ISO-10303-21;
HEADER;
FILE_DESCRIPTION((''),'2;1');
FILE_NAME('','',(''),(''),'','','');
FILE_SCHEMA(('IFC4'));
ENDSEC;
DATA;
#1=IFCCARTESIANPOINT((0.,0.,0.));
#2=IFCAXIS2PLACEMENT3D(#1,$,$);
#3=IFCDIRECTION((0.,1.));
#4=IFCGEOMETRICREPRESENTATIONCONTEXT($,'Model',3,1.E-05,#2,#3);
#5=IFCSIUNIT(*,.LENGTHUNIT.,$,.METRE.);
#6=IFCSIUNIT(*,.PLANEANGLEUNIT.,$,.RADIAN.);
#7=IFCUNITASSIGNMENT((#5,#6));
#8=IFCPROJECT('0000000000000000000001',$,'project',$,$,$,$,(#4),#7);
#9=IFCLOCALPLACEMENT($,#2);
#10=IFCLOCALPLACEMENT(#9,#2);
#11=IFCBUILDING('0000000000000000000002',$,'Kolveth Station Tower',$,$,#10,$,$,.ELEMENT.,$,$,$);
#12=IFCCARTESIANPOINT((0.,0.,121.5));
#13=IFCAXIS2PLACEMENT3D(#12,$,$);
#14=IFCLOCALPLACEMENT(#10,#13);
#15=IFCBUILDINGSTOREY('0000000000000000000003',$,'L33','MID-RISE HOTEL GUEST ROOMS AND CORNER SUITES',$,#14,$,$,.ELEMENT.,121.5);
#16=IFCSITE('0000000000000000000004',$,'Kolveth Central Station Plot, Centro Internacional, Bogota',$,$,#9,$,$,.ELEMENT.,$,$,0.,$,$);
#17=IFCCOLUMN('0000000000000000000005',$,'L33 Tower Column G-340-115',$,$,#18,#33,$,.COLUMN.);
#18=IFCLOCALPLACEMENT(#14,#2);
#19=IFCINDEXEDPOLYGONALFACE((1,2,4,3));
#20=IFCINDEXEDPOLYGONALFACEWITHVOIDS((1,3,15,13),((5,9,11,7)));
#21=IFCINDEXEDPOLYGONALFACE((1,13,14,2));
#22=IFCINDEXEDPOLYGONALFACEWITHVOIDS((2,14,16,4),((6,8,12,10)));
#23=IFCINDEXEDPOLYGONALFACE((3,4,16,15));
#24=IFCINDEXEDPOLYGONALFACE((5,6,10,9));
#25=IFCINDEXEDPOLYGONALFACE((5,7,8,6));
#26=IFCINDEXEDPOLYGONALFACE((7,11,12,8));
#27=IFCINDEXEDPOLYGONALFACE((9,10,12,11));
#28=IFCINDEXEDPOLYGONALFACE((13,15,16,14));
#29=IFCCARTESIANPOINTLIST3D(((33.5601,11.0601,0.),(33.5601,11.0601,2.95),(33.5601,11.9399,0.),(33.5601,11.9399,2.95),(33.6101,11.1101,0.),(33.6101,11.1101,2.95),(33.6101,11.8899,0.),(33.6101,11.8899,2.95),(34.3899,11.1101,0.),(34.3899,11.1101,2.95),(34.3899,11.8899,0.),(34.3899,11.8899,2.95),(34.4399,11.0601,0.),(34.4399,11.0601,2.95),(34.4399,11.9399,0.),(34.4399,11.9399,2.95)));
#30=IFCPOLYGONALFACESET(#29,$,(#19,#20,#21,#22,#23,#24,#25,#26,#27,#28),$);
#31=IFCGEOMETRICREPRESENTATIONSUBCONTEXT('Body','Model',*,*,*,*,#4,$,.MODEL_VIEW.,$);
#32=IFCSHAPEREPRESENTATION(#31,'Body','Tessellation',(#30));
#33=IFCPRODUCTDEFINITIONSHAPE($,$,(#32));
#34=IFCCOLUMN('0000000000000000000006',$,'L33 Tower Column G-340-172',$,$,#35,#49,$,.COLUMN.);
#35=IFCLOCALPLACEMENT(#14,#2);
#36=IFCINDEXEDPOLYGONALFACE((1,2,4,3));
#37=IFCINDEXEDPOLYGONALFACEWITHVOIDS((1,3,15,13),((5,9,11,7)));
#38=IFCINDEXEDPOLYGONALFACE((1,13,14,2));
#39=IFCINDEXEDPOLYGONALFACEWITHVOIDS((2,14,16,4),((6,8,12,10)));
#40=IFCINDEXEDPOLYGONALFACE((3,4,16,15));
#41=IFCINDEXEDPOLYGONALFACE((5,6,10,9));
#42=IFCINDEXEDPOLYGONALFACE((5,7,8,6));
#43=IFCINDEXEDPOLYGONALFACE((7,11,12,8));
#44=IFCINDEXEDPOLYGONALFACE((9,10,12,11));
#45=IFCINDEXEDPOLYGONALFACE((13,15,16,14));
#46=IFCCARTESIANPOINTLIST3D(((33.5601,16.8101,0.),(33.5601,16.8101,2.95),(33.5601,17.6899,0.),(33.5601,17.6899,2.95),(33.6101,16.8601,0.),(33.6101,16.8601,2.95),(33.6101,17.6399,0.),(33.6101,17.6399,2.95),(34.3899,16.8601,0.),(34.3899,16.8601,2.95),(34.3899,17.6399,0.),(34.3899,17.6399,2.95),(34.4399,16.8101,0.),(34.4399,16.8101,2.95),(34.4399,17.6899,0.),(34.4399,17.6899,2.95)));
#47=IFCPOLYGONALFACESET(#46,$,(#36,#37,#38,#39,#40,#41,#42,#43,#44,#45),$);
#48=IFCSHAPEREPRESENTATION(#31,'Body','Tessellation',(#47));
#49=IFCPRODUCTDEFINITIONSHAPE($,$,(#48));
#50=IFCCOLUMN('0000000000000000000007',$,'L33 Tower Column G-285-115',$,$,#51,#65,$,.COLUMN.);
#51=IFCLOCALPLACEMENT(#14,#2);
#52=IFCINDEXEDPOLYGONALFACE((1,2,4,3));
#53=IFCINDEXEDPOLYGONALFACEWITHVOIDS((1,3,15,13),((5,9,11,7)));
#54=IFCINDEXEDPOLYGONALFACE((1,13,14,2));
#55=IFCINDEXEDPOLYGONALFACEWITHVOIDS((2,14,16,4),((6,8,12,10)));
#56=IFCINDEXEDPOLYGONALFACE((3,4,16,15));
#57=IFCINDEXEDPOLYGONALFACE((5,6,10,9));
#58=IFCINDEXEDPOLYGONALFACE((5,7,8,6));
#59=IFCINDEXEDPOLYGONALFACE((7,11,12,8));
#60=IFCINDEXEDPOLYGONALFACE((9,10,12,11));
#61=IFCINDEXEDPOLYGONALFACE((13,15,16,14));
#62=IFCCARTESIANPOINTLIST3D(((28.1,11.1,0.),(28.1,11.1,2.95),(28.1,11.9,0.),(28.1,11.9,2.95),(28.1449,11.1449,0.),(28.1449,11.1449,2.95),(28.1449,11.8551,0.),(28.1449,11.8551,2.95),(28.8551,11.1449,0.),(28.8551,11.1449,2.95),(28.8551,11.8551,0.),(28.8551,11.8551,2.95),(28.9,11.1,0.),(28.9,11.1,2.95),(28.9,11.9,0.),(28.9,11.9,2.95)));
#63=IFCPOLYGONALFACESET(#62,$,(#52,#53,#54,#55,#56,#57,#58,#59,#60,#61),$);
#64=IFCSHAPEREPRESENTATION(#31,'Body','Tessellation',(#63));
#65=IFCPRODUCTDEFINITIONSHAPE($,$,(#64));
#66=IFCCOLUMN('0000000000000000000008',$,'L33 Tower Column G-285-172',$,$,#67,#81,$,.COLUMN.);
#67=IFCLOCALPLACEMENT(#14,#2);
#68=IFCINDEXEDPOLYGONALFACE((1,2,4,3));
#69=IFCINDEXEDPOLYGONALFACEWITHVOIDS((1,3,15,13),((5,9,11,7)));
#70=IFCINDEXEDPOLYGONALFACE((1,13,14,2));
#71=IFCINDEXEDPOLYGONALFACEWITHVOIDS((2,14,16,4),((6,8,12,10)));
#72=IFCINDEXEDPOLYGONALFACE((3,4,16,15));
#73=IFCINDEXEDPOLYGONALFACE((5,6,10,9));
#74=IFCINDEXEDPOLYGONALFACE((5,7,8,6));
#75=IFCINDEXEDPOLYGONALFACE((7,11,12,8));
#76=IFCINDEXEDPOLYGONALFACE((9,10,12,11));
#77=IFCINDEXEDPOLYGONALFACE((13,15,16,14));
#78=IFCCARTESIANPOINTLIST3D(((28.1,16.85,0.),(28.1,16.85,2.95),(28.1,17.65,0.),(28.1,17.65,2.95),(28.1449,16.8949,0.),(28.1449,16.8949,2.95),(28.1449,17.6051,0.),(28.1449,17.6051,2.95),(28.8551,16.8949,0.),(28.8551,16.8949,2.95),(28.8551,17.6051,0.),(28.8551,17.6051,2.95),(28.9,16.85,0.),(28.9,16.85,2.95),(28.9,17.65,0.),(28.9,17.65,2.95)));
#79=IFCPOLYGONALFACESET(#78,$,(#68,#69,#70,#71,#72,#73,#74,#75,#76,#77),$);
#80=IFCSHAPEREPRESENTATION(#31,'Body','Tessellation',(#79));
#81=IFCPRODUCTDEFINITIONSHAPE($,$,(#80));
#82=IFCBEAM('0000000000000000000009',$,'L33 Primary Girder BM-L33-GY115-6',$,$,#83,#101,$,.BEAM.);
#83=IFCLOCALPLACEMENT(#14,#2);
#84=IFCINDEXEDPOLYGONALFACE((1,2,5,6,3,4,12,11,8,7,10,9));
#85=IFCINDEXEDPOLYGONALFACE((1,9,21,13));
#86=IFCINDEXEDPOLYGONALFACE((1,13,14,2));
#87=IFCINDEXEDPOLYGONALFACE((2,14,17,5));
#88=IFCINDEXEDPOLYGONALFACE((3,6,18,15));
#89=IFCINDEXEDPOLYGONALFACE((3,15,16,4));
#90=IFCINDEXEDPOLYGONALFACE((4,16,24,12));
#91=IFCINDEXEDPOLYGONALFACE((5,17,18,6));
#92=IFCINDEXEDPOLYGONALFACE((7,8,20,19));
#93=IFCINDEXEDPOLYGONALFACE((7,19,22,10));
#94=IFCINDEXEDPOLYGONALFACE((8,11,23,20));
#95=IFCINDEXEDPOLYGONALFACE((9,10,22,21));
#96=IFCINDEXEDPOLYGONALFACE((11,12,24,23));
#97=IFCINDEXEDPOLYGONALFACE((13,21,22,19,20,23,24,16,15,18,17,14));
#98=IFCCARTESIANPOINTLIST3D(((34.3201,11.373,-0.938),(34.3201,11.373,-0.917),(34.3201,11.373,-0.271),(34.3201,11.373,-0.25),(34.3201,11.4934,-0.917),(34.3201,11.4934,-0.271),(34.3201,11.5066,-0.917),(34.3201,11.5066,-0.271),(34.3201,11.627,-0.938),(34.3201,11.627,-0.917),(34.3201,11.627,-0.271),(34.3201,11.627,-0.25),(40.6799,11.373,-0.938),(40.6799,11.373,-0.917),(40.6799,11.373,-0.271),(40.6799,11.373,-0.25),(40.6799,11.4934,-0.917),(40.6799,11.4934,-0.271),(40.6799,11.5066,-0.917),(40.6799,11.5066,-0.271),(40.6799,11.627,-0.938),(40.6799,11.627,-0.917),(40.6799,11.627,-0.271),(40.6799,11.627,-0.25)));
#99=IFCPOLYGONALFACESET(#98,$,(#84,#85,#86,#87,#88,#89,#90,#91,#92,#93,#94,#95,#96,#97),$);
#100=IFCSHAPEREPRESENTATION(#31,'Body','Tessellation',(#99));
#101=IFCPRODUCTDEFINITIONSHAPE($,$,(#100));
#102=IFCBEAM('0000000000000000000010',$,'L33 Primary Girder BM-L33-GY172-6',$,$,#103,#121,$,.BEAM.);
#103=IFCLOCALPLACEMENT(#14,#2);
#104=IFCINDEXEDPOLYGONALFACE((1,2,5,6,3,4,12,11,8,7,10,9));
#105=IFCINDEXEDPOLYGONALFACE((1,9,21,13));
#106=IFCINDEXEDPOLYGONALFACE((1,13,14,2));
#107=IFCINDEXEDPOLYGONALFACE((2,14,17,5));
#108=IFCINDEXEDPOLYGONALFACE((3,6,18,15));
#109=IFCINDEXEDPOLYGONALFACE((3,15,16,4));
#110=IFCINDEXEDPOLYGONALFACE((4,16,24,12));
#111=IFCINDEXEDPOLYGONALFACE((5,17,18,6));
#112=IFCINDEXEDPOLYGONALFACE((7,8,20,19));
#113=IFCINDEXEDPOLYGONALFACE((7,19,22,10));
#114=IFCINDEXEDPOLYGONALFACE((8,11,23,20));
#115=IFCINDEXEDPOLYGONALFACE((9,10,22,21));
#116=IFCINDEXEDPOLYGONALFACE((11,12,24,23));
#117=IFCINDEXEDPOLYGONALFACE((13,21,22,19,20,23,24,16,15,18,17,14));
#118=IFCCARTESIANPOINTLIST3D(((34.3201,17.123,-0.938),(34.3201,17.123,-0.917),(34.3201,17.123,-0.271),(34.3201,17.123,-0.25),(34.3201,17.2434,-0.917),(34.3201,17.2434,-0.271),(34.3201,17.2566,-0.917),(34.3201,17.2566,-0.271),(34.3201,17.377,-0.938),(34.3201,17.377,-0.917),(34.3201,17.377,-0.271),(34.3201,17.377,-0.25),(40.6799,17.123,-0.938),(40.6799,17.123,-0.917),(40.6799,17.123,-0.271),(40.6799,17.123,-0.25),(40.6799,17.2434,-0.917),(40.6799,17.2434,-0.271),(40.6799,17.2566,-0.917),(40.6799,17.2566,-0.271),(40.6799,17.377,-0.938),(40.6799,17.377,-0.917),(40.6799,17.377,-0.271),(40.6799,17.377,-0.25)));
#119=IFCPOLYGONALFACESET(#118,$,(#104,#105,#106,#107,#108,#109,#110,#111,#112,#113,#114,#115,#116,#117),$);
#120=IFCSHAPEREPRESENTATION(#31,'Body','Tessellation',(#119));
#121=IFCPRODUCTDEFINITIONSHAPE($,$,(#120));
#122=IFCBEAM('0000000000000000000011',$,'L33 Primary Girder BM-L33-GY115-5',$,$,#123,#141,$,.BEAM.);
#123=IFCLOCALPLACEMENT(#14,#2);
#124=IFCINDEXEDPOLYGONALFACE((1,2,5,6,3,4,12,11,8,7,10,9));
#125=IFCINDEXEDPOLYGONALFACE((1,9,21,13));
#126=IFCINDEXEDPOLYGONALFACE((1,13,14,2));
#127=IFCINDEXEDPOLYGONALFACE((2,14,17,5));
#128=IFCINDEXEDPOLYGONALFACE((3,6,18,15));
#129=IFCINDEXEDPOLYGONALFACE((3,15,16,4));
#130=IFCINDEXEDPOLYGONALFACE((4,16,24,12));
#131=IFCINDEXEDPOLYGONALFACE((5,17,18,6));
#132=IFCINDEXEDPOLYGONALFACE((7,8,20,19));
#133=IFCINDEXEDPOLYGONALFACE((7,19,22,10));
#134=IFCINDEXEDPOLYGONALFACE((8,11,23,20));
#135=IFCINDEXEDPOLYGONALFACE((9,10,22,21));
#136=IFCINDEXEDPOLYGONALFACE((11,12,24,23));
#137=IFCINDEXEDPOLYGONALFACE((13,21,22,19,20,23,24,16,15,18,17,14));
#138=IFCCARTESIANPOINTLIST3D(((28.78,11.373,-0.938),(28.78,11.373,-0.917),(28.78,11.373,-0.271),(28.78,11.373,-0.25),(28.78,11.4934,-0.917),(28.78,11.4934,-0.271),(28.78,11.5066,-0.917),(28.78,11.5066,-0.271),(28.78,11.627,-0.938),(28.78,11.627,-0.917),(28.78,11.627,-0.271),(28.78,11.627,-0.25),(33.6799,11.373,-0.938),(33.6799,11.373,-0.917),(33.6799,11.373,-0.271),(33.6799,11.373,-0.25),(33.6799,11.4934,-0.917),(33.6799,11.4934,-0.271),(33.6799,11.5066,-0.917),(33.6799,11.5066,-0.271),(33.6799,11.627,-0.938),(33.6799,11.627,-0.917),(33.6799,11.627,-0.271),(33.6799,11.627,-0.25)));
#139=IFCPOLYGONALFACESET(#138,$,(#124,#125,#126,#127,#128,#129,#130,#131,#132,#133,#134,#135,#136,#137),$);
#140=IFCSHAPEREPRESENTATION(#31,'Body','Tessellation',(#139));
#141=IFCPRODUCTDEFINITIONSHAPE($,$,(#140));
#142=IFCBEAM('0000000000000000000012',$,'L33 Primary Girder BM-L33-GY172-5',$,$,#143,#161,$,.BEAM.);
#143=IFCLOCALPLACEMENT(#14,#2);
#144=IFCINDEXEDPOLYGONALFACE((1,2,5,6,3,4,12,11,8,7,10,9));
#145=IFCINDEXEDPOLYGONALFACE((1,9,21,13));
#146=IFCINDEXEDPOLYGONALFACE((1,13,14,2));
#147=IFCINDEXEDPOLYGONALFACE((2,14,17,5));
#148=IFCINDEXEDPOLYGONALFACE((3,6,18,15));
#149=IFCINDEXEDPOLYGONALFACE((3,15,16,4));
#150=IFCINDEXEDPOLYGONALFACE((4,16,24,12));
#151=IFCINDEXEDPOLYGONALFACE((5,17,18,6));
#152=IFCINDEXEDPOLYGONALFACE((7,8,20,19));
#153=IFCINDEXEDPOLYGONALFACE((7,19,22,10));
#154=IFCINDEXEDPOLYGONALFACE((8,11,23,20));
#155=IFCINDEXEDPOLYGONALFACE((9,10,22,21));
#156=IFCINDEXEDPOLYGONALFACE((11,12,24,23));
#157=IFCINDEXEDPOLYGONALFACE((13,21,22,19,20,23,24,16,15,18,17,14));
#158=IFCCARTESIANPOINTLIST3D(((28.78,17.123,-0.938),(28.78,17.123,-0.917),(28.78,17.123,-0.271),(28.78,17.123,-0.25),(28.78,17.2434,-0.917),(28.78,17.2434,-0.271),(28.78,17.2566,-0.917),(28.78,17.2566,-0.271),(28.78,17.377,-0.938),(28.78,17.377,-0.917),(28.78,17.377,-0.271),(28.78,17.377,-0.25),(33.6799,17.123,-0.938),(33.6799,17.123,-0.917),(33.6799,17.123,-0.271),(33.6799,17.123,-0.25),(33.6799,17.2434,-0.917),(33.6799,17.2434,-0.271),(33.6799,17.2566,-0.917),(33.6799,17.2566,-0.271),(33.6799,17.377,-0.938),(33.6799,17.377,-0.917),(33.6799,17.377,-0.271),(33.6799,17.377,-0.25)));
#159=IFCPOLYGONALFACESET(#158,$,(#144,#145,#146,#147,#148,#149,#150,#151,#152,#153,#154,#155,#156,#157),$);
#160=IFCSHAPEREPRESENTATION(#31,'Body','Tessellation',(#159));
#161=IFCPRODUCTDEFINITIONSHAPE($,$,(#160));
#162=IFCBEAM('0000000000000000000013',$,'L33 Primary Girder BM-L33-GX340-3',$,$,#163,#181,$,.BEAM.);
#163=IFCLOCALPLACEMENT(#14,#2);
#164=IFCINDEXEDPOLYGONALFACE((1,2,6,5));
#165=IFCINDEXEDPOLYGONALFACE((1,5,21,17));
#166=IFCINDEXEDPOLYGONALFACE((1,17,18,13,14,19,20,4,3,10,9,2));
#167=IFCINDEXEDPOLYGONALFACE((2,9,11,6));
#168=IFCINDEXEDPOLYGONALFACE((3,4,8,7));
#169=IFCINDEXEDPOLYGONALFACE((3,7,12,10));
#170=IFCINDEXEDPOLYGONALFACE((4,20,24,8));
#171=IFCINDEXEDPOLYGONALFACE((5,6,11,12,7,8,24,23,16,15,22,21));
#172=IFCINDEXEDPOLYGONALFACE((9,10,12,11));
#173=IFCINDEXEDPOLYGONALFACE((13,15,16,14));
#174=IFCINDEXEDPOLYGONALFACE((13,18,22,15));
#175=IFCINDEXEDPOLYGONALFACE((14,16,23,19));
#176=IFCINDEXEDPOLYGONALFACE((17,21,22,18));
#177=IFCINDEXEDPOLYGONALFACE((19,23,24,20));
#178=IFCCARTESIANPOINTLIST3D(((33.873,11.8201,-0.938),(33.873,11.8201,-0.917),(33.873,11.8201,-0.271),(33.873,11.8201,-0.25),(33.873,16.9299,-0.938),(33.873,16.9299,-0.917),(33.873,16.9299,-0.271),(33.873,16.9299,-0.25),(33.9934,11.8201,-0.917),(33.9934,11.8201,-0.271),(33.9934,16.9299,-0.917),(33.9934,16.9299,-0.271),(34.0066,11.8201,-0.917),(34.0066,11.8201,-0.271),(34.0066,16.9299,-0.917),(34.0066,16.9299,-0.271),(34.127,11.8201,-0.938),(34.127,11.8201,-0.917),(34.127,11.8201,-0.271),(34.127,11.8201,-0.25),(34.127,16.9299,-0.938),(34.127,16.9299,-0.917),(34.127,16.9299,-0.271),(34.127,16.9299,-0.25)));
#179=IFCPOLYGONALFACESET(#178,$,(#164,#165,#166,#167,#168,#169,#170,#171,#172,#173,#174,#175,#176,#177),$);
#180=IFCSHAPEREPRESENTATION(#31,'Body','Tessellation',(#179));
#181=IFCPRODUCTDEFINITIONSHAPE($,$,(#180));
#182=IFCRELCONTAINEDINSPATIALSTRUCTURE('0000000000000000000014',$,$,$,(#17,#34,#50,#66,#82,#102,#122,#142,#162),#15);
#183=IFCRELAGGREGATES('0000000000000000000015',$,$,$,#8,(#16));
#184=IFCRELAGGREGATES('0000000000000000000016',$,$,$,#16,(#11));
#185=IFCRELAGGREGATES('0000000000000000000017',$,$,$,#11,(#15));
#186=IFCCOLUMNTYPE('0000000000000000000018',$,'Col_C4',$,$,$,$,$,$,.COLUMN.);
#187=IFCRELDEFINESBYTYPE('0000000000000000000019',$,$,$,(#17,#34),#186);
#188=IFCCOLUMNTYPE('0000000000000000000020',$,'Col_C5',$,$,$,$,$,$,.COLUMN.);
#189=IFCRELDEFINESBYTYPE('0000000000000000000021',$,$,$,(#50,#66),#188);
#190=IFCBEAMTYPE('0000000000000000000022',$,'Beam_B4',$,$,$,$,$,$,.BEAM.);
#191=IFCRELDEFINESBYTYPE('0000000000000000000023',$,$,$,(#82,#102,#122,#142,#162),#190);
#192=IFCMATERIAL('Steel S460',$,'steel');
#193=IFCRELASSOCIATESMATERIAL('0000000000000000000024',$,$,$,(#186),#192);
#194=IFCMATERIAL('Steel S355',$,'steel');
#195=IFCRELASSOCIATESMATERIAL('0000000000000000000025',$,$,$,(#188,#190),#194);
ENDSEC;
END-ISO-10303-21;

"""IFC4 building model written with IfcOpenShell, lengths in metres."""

from ifc_helpers import new_model, si_unit, direction, frame, origin, origin_2d, place, context, subcontext, project, spatial, hollow_rectangle, i_section, extrude, source, transform, mapped, material, material_profile, profile_set, type_object, element, save


model = new_model("IFC4")

# Units and contexts
model_context = context("Model", 3, precision=1e-05, world=origin(), true_north=direction((0.0, 1.0)))
body_context = subcontext(model_context, "Body", "Model", "MODEL_VIEW")
ifc_project = project(units=[si_unit("LENGTHUNIT", "METRE"), si_unit("PLANEANGLEUNIT", "RADIAN")], contexts=[model_context])

# Site, building, storey
site_placement = place(None, origin())
site = spatial("IfcSite", under=ifc_project, at=site_placement, Name="Kolveth Central Station Plot, Centro Internacional, Bogota", CompositionType="ELEMENT", RefElevation=0.0)
building_placement = place(site_placement, origin())
building = spatial("IfcBuilding", under=site, at=building_placement, Name="Kolveth Station Tower", CompositionType="ELEMENT")
storey_placement = place(building_placement, frame((0.0, 0.0, 121.5)))
storey = spatial("IfcBuildingStorey", under=building, at=storey_placement, Name="L33", Description="MID-RISE HOTEL GUEST ROOMS AND CORNER SUITES", CompositionType="ELEMENT", Elevation=121.5)

# Columns
ifc_material_1 = material(Name="Steel S460", Category="steel")
ifc_material_profile_1 = material_profile(ifc_material_1, hollow_rectangle(XDim=0.8799, YDim=0.8799, WallThickness=0.05, at=origin_2d()), Name="BOX880x880x50")
ifc_profile_set_1 = profile_set([ifc_material_profile_1], Name="Steel S460")
column_type_1 = type_object("IfcColumnType", Name="Col_C4", PredefinedType="COLUMN", material=ifc_profile_set_1)
shared_shape_1 = source(origin(), body_context, "Body", "SweptSolid", [
    extrude(hollow_rectangle(XDim=0.8799, YDim=0.8799, WallThickness=0.05, at=origin_2d()), origin(), (0.0, 0.0, 1.0), 2.95),
])
for number, where, z_axis, x_axis, name in (
    (1, (34.0, 11.5, 0.0), (0.0, 0.0, 1.0), (1.0, 0.0, 0.0), "L33 Tower Column G-340-115"),
    (2, (34.0, 17.25, 0.0), (0.0, 0.0, 1.0), (1.0, 0.0, 0.0), "L33 Tower Column G-340-172"),
):
    element("IfcColumn", number, at=place(storey_placement, frame(where, z_axis=z_axis, x_axis=x_axis)), inside=storey, type_object=column_type_1, Name=name, PredefinedType="COLUMN", context=body_context, shape_type="MappedRepresentation", body=[
        mapped(shared_shape_1, transform((0.0, 0.0, 0.0), x_axis=(1.0, 0.0, 0.0), y_axis=(0.0, 1.0, 0.0), z_axis=(0.0, 0.0, 1.0), scale=1.0)),
    ])
ifc_material_2 = material(Name="Steel S355", Category="steel")
ifc_material_profile_2 = material_profile(ifc_material_2, hollow_rectangle(XDim=0.8, YDim=0.8, WallThickness=0.0449, at=origin_2d()), Name="BOX800x800x45")
ifc_profile_set_2 = profile_set([ifc_material_profile_2], Name="Steel S355")
column_type_2 = type_object("IfcColumnType", Name="Col_C5", PredefinedType="COLUMN", material=ifc_profile_set_2)
shared_shape_2 = source(origin(), body_context, "Body", "SweptSolid", [
    extrude(hollow_rectangle(XDim=0.8, YDim=0.8, WallThickness=0.0449, at=origin_2d()), origin(), (0.0, 0.0, 1.0), 2.95),
])
for number, where, z_axis, x_axis, name in (
    (3, (28.5, 11.5, 0.0), (0.0, 0.0, 1.0), (1.0, 0.0, 0.0), "L33 Tower Column G-285-115"),
    (4, (28.5, 17.25, 0.0), (0.0, 0.0, 1.0), (1.0, 0.0, 0.0), "L33 Tower Column G-285-172"),
):
    element("IfcColumn", number, at=place(storey_placement, frame(where, z_axis=z_axis, x_axis=x_axis)), inside=storey, type_object=column_type_2, Name=name, PredefinedType="COLUMN", context=body_context, shape_type="MappedRepresentation", body=[
        mapped(shared_shape_2, transform((0.0, 0.0, 0.0), x_axis=(1.0, 0.0, 0.0), y_axis=(0.0, 1.0, 0.0), z_axis=(0.0, 0.0, 1.0), scale=1.0)),
    ])

# Beams
ifc_material_profile_3 = material_profile(ifc_material_2, i_section(OverallWidth=0.2539, OverallDepth=0.688, WebThickness=0.0132, FlangeThickness=0.021, at=origin_2d()), Name="W690x152")
ifc_profile_set_3 = profile_set([ifc_material_profile_3], Name="Steel S355")
beam_type_1 = type_object("IfcBeamType", Name="Beam_B4", PredefinedType="BEAM", material=ifc_profile_set_3)
shared_shape_3 = source(origin(), body_context, "Body", "SweptSolid", [
    extrude(i_section(OverallWidth=0.2539, OverallDepth=0.688, WebThickness=0.0132, FlangeThickness=0.021, at=origin_2d()), origin(), (0.0, 0.0, 1.0), 6.3599),
])
for number, where, z_axis, x_axis, name in (
    (5, (34.3201, 11.5, -0.594), (1.0, 0.0, 0.0), (0.0, 1.0, 0.0), "L33 Primary Girder BM-L33-GY115-6"),
    (6, (34.3201, 17.25, -0.594), (1.0, 0.0, 0.0), (0.0, 1.0, 0.0), "L33 Primary Girder BM-L33-GY172-6"),
):
    element("IfcBeam", number, at=place(storey_placement, frame(where, z_axis=z_axis, x_axis=x_axis)), inside=storey, type_object=beam_type_1, Name=name, PredefinedType="BEAM", context=body_context, shape_type="MappedRepresentation", body=[
        mapped(shared_shape_3, transform((0.0, 0.0, 0.0), x_axis=(1.0, 0.0, 0.0), y_axis=(0.0, 1.0, 0.0), z_axis=(0.0, 0.0, 1.0), scale=1.0)),
    ])
shared_shape_4 = source(origin(), body_context, "Body", "SweptSolid", [
    extrude(i_section(OverallWidth=0.2539, OverallDepth=0.688, WebThickness=0.0132, FlangeThickness=0.021, at=origin_2d()), origin(), (0.0, 0.0, 1.0), 4.8999),
])
for number, where, z_axis, x_axis, name in (
    (7, (28.78, 11.5, -0.594), (1.0, 0.0, 0.0), (0.0, 1.0, 0.0), "L33 Primary Girder BM-L33-GY115-5"),
    (8, (28.78, 17.25, -0.594), (1.0, 0.0, 0.0), (0.0, 1.0, 0.0), "L33 Primary Girder BM-L33-GY172-5"),
):
    element("IfcBeam", number, at=place(storey_placement, frame(where, z_axis=z_axis, x_axis=x_axis)), inside=storey, type_object=beam_type_1, Name=name, PredefinedType="BEAM", context=body_context, shape_type="MappedRepresentation", body=[
        mapped(shared_shape_4, transform((0.0, 0.0, 0.0), x_axis=(1.0, 0.0, 0.0), y_axis=(0.0, 1.0, 0.0), z_axis=(0.0, 0.0, 1.0), scale=1.0)),
    ])
shared_shape_5 = source(origin(), body_context, "Body", "SweptSolid", [
    extrude(i_section(OverallWidth=0.2539, OverallDepth=0.688, WebThickness=0.0132, FlangeThickness=0.021, at=origin_2d()), origin(), (0.0, 0.0, 1.0), 5.1099),
])
beam_placement = place(storey_placement, frame((34.0, 11.8201, -0.594), z_axis=(0.0, 1.0, 0.0), x_axis=(-1.0, 0.0, 0.0)))
element("IfcBeam", 9, at=beam_placement, inside=storey, type_object=beam_type_1, Name="L33 Primary Girder BM-L33-GX340-3", PredefinedType="BEAM", context=body_context, shape_type="MappedRepresentation", body=[
    mapped(shared_shape_5, transform((0.0, 0.0, 0.0), x_axis=(1.0, 0.0, 0.0), y_axis=(0.0, 1.0, 0.0), z_axis=(0.0, 0.0, 1.0), scale=1.0)),
])

save(model, "model.ifc")
